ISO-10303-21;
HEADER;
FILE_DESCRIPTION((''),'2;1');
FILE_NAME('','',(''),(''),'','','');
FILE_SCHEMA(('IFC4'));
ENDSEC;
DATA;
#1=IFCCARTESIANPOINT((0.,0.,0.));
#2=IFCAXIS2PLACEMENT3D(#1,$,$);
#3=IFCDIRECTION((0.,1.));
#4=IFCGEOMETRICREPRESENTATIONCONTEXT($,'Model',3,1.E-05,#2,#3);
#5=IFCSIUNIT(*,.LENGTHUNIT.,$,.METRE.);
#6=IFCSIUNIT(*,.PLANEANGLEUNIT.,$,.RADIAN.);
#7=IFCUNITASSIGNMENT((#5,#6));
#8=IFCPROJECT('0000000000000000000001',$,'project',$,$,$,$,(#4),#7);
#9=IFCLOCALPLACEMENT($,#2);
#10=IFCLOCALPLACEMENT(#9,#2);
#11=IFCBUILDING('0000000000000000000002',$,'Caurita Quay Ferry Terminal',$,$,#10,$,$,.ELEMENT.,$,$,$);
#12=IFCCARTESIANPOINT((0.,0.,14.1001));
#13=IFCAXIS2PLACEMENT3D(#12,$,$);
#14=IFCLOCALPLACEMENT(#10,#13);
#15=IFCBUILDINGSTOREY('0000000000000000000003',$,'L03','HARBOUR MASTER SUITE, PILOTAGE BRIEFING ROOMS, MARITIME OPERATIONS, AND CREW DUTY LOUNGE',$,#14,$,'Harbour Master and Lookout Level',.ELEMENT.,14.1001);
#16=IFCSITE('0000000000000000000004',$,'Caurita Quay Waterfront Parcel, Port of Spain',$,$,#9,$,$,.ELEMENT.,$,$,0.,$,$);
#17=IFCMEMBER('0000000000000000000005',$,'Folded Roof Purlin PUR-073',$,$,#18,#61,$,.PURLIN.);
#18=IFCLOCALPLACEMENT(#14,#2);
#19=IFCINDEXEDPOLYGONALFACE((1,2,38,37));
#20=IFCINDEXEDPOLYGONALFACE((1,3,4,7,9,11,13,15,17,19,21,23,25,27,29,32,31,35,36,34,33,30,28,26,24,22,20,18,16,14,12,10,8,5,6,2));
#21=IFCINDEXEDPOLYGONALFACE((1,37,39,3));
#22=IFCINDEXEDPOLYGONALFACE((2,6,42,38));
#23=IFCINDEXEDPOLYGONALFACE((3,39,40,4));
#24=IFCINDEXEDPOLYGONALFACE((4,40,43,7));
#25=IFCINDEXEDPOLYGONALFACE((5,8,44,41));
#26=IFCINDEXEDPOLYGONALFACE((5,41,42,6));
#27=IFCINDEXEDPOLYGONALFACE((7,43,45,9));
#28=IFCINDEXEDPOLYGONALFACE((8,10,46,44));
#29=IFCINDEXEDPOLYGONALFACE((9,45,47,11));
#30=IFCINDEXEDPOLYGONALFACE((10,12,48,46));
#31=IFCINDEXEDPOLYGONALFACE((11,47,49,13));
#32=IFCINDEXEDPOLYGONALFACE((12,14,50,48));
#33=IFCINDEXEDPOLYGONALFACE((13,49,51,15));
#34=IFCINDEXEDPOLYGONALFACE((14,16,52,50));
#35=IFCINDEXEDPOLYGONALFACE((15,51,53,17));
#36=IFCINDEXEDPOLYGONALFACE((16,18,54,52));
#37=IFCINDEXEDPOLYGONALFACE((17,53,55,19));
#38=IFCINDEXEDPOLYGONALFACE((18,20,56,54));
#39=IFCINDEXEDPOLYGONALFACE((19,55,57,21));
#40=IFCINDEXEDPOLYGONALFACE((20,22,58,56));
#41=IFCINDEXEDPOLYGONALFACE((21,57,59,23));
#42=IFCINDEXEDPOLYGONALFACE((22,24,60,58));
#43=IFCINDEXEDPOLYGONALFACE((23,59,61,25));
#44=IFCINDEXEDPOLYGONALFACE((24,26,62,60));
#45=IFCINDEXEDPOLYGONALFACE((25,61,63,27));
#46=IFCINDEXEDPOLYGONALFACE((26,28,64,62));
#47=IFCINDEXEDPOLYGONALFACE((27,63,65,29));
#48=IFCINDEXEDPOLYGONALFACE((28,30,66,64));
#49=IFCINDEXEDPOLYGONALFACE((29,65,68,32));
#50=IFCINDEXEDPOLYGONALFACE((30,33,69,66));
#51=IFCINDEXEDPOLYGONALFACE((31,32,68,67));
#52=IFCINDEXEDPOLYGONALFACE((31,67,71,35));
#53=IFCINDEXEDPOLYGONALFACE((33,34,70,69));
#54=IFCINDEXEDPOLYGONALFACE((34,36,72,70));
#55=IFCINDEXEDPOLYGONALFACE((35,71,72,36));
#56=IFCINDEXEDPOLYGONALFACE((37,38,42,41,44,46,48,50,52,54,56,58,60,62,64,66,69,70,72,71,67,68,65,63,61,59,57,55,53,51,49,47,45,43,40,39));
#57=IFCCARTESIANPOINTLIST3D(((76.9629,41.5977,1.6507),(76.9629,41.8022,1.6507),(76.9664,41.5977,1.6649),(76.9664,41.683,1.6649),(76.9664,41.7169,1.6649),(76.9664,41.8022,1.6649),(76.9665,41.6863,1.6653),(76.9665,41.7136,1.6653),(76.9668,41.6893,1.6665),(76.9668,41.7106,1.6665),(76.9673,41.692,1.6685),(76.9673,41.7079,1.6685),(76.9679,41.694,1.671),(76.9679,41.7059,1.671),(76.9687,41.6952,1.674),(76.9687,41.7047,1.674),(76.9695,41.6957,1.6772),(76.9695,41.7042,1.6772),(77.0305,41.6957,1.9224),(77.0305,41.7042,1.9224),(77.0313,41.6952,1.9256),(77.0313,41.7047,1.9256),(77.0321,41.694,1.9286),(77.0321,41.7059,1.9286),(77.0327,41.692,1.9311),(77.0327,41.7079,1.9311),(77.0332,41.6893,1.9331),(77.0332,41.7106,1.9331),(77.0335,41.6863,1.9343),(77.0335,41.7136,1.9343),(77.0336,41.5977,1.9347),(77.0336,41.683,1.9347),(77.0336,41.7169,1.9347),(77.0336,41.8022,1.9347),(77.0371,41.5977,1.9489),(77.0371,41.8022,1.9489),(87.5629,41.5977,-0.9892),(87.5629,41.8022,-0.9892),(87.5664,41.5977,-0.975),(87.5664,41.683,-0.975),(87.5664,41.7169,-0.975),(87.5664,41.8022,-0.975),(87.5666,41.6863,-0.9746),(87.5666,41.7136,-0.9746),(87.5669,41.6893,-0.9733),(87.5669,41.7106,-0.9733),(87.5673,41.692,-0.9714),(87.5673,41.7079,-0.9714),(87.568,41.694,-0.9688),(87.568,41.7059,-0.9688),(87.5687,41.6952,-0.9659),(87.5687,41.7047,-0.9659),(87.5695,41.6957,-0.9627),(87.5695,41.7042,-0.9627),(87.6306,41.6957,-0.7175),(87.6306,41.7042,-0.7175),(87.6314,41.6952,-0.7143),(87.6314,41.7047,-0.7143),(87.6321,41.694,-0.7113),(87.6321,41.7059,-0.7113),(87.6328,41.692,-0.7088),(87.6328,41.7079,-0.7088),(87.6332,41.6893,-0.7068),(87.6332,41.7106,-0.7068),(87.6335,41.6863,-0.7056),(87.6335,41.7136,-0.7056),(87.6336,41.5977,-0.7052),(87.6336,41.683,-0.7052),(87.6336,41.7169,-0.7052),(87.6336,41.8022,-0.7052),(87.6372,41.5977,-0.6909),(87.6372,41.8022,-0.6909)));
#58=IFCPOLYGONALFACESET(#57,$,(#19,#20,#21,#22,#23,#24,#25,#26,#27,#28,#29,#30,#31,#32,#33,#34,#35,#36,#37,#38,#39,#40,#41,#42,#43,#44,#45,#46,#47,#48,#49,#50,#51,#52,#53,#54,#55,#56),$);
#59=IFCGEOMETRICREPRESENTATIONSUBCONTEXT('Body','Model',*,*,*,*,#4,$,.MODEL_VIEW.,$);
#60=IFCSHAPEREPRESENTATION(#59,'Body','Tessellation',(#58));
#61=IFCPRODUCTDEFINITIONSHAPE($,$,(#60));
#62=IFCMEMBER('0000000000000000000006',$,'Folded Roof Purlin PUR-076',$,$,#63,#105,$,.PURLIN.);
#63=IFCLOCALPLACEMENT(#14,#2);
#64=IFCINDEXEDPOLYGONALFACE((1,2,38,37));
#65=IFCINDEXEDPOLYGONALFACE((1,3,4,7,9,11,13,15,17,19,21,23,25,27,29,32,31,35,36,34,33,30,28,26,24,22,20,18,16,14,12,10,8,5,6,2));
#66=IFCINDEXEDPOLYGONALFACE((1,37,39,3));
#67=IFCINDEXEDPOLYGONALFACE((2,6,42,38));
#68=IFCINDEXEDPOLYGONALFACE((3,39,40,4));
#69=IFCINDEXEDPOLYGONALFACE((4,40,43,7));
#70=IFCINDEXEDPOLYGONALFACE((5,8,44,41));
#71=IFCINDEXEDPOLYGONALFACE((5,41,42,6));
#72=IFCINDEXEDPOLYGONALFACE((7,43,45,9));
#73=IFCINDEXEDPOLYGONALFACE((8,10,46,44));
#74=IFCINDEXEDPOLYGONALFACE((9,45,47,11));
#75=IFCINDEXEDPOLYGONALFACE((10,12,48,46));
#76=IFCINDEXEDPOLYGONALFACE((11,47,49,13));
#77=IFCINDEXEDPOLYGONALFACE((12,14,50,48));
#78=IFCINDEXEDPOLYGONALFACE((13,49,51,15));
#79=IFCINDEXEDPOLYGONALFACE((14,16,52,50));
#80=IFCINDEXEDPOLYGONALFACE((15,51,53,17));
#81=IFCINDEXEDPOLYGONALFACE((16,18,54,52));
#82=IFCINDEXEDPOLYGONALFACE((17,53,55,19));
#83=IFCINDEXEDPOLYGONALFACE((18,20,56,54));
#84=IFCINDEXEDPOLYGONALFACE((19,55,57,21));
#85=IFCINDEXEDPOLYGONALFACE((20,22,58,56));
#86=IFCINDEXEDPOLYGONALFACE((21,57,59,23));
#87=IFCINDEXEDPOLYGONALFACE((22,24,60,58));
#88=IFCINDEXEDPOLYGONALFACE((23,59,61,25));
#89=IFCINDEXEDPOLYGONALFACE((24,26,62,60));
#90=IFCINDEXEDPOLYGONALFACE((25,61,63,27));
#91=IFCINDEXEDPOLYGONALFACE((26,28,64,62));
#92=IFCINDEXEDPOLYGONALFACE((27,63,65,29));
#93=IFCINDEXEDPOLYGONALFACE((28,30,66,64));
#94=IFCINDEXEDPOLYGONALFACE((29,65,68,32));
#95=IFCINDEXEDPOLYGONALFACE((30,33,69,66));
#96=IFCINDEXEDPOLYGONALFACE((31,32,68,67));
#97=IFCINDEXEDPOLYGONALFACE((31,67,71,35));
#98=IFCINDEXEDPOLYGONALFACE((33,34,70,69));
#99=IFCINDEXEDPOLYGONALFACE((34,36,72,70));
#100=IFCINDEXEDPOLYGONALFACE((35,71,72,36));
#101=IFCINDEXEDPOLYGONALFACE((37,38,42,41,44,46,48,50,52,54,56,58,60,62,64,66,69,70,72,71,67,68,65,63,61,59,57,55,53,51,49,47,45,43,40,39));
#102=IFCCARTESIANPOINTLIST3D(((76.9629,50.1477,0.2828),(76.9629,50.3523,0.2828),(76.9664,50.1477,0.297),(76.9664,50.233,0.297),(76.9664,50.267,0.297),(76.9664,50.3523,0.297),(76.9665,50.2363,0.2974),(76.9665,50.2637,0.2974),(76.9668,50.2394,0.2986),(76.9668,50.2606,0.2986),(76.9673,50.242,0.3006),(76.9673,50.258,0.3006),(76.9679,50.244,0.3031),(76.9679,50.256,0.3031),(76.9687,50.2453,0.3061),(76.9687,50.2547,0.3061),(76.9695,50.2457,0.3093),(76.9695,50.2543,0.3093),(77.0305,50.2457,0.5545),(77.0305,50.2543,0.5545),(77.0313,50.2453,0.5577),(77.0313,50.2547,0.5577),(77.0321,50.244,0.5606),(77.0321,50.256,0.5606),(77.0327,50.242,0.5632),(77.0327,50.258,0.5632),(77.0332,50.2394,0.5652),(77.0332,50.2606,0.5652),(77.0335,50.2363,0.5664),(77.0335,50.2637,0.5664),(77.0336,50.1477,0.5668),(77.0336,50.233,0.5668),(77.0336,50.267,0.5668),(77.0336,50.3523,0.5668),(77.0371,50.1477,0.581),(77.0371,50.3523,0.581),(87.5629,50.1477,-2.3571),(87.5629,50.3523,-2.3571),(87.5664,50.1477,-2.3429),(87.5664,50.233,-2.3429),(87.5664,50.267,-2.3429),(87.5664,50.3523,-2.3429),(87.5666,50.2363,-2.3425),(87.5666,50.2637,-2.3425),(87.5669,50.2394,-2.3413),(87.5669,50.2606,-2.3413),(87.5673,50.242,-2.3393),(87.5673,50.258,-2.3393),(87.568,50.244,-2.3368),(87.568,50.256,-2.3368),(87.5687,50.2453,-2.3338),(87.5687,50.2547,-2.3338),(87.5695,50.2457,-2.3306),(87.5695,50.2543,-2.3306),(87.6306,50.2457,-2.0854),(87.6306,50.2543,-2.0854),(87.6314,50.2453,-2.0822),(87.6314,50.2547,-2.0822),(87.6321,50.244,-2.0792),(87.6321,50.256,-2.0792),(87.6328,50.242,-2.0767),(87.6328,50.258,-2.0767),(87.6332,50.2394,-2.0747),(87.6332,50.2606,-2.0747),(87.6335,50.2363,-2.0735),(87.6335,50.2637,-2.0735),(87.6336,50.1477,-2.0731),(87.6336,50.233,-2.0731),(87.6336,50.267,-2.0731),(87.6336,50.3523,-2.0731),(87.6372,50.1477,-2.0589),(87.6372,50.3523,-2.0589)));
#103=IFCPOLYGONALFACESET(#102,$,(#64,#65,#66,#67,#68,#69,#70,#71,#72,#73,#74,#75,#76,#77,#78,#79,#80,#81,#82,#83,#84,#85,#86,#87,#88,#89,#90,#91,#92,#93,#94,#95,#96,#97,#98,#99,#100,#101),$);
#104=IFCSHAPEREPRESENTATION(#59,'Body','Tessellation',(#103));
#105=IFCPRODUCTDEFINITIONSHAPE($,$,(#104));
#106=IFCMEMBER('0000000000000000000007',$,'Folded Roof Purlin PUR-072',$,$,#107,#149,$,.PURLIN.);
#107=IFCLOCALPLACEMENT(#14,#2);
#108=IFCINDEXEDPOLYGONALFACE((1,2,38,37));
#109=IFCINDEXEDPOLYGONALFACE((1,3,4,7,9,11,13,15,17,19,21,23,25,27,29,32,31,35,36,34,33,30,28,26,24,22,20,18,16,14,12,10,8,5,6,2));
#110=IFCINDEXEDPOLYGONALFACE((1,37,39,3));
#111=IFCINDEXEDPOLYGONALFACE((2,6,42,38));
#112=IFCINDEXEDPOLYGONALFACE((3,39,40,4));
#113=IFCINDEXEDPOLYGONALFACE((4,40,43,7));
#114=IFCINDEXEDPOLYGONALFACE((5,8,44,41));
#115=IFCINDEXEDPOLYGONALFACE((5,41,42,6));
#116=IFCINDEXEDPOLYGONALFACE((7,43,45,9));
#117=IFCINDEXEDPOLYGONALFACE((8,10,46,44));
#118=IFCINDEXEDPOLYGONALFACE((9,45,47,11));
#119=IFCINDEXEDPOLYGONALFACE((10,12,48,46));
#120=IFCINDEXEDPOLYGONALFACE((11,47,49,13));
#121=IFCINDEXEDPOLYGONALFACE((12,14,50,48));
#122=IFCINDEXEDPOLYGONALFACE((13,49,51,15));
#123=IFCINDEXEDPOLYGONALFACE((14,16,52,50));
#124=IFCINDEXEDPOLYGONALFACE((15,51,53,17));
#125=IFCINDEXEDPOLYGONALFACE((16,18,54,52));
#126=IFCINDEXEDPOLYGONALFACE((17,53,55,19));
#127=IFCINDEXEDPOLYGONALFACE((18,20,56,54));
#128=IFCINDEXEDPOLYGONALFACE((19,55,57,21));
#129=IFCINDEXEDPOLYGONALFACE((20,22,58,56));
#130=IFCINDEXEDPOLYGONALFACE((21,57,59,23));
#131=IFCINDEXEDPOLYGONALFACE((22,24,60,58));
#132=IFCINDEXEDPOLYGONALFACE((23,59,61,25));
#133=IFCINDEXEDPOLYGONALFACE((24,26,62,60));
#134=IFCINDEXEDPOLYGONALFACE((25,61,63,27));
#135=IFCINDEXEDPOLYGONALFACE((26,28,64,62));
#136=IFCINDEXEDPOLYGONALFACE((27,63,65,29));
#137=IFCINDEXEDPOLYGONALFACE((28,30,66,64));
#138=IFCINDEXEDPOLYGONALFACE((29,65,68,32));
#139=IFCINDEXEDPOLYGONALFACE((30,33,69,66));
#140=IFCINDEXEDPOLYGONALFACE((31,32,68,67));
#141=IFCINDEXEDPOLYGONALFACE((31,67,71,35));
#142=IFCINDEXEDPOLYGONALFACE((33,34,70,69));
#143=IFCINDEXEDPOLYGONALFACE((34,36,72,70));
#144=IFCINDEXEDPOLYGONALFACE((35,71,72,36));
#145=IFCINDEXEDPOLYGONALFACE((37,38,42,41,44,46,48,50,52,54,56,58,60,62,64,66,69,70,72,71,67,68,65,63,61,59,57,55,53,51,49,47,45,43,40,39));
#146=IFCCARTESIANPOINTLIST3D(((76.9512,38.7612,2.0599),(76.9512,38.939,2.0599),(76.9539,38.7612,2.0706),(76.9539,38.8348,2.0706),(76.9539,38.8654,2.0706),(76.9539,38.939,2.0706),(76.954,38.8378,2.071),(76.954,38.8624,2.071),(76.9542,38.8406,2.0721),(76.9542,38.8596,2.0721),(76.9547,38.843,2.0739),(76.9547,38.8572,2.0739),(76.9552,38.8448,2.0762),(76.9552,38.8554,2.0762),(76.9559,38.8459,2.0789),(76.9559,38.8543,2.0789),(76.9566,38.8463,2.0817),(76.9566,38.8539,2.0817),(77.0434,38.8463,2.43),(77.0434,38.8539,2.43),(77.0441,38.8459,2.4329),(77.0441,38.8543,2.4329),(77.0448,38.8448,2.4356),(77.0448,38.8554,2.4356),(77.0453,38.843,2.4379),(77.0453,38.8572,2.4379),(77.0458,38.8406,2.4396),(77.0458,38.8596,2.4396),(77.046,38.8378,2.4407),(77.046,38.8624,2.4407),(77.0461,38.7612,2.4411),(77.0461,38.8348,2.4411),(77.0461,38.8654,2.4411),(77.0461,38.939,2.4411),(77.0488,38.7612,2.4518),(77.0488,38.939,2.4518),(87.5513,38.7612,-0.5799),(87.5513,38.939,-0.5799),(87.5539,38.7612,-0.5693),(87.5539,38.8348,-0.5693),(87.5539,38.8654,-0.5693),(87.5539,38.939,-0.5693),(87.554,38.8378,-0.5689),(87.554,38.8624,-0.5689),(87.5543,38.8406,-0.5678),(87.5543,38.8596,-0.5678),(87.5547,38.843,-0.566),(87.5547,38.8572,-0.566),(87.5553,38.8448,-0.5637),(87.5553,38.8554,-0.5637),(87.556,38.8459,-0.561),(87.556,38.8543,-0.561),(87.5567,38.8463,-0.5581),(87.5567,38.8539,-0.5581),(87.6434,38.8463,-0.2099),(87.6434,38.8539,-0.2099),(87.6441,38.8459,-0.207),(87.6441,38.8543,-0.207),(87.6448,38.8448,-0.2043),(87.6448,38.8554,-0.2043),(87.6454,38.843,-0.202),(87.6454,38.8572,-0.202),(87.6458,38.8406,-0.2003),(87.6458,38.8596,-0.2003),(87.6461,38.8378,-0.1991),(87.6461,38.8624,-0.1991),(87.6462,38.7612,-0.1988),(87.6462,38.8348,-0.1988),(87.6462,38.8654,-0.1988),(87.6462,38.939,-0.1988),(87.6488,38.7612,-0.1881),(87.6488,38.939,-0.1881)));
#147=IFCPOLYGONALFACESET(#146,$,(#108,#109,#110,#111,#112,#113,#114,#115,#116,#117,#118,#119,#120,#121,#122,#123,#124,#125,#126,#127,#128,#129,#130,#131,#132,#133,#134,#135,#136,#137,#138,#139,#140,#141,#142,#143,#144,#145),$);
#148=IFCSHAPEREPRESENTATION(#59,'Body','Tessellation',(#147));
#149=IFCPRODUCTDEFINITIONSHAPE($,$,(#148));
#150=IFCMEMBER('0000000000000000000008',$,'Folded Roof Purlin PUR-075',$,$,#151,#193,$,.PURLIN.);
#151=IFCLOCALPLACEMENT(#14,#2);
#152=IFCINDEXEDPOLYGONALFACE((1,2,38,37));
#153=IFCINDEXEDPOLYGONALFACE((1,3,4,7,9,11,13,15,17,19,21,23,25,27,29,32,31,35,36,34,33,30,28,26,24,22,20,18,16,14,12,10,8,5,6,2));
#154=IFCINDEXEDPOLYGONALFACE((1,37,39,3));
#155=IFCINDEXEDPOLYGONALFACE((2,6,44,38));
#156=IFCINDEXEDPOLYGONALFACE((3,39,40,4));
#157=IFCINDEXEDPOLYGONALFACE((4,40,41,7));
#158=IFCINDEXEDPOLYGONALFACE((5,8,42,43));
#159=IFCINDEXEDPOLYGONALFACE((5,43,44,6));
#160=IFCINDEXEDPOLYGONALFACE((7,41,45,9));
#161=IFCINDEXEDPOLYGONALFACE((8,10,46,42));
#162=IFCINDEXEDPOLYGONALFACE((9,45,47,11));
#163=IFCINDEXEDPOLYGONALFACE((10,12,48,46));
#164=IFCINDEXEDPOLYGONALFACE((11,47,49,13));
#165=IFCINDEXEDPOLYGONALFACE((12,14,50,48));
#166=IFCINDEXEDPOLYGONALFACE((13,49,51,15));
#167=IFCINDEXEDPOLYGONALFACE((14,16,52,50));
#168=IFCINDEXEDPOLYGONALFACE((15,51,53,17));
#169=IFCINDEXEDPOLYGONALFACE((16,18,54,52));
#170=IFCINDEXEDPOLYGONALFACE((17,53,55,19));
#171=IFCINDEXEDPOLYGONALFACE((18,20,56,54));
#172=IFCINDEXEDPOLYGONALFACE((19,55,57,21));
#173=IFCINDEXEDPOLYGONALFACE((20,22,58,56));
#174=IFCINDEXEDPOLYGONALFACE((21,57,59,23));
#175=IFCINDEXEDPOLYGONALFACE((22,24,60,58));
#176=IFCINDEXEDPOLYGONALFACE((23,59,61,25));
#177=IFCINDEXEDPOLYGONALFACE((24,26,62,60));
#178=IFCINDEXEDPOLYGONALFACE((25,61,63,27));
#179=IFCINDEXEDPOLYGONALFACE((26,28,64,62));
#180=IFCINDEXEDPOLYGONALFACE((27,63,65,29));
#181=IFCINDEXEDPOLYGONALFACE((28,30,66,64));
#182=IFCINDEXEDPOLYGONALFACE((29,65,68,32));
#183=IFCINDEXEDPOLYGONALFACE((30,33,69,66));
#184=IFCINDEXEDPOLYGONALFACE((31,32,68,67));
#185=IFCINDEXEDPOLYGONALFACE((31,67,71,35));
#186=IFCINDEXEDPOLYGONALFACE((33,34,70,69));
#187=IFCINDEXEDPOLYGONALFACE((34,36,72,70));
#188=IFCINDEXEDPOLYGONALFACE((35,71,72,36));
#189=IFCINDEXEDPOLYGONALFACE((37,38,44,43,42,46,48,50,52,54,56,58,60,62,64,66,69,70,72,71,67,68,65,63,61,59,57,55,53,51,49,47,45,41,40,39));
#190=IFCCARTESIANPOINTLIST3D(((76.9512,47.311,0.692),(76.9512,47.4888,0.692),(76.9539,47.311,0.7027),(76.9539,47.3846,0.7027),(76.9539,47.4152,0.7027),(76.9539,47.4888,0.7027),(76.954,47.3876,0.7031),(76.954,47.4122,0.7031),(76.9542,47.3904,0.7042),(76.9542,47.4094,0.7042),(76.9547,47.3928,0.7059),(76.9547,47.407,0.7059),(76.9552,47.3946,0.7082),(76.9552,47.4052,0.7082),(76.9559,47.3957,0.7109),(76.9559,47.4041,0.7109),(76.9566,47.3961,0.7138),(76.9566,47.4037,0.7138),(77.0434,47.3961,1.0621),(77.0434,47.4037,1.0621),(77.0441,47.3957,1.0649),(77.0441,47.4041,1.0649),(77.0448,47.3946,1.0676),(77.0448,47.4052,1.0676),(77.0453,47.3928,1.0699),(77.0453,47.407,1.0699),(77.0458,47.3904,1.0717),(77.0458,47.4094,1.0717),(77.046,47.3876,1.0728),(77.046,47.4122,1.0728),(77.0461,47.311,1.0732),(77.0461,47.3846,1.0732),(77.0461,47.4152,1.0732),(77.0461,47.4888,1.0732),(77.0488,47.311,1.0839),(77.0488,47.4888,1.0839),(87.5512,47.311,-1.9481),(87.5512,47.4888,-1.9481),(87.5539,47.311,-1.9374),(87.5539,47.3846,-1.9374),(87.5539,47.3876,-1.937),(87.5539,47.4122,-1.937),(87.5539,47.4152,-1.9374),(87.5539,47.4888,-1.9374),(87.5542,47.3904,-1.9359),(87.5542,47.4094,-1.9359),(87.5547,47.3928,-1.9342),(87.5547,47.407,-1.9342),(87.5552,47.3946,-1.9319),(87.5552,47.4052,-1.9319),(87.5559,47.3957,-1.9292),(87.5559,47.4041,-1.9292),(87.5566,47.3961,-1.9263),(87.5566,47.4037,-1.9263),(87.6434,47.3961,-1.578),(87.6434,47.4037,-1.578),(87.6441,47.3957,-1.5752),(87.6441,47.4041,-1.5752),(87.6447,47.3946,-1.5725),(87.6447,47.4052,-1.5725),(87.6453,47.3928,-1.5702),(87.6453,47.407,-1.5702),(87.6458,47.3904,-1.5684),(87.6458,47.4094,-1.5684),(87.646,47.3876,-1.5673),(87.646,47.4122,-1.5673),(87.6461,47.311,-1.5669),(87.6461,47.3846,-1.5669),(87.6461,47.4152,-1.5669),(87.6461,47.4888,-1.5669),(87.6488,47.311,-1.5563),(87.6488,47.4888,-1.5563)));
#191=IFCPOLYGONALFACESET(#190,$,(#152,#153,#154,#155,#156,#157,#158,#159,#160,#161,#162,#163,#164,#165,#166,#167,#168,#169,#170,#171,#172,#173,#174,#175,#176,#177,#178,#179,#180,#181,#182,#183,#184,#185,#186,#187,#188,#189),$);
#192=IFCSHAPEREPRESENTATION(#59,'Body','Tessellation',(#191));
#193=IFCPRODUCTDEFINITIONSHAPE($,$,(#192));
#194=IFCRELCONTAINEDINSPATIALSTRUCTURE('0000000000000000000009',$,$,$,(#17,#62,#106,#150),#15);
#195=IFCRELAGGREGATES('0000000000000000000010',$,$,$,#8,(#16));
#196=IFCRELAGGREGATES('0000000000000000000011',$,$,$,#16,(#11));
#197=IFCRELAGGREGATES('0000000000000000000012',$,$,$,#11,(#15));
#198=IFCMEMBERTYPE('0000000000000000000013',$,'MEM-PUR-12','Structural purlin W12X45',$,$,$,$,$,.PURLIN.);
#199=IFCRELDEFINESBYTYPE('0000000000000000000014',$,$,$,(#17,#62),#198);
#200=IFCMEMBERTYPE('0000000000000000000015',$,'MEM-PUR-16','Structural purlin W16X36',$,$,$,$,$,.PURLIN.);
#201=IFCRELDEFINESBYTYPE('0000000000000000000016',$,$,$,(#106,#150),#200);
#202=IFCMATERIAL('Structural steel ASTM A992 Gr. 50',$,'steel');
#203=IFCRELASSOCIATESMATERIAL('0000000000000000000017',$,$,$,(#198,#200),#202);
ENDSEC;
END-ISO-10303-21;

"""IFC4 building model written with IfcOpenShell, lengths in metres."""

from ifc_helpers import new_model, si_unit, direction, frame, origin, origin_2d, place, context, subcontext, project, spatial, i_section, extrude, material, material_profile, profile_set, type_object, element, save


model = new_model("IFC4")

# Units and contexts
model_context = context("Model", 3, precision=1e-05, world=origin(), true_north=direction((0.0, 1.0)))
body_context = subcontext(model_context, "Body", "Model", "MODEL_VIEW")
ifc_project = project(units=[si_unit("LENGTHUNIT", "METRE"), si_unit("PLANEANGLEUNIT", "RADIAN")], contexts=[model_context])

# Site, building, storey
site_placement = place(None, origin())
site = spatial("IfcSite", under=ifc_project, at=site_placement, Name="Caurita Quay Waterfront Parcel, Port of Spain", CompositionType="ELEMENT", RefElevation=0.0)
building_placement = place(site_placement, origin())
building = spatial("IfcBuilding", under=site, at=building_placement, Name="Caurita Quay Ferry Terminal", CompositionType="ELEMENT")
storey_placement = place(building_placement, frame((0.0, 0.0, 14.1001)))
storey = spatial("IfcBuildingStorey", under=building, at=storey_placement, Name="L03", Description="HARBOUR MASTER SUITE, PILOTAGE BRIEFING ROOMS, MARITIME OPERATIONS, AND CREW DUTY LOUNGE", LongName="Harbour Master and Lookout Level", CompositionType="ELEMENT", Elevation=14.1001)

# Shared definitions
ifc_material_1 = material(Name="Structural steel ASTM A992 Gr. 50", Category="steel")

# Members
ifc_material_profile_1 = material_profile(ifc_material_1, i_section(OverallWidth=0.2046, OverallDepth=0.3074, WebThickness=0.0085, FlangeThickness=0.0146, FilletRadius=0.0127, at=origin_2d()), Name="W12X45")
ifc_profile_set_1 = profile_set([ifc_material_profile_1], Name="Structural steel ASTM A992 Gr. 50")
member_type_1 = type_object("IfcMemberType", Name="MEM-PUR-12", Description="Structural purlin W12X45", PredefinedType="PURLIN", material=ifc_profile_set_1)
for number, where, z_axis, x_axis, name in (
    (1, (77.0, 41.7, 1.7998), (0.97036, 0.0, -0.241663), (0.0, 1.0, 0.0), "Folded Roof Purlin PUR-073"),
    (2, (77.0, 50.25, 0.4319), (0.97036, 0.0, -0.241663), (0.0, 1.0, 0.0), "Folded Roof Purlin PUR-076"),
):
    element("IfcMember", number, at=place(storey_placement, frame(where, z_axis=z_axis, x_axis=x_axis)), inside=storey, type_object=member_type_1, Name=name, PredefinedType="PURLIN", context=body_context, shape_type="SweptSolid", body=[
        extrude(i_section(OverallWidth=0.2046, OverallDepth=0.3074, WebThickness=0.0085, FlangeThickness=0.0146, FilletRadius=0.0127, at=origin_2d()), origin(), (0.0, 0.0, 1.0), 10.9238),
    ])
ifc_material_profile_2 = material_profile(ifc_material_1, i_section(OverallWidth=0.1777, OverallDepth=0.4038, WebThickness=0.0076, FlangeThickness=0.011, FilletRadius=0.0115, at=origin_2d()), Name="W16X36")
ifc_profile_set_2 = profile_set([ifc_material_profile_2], Name="Structural steel ASTM A992 Gr. 50")
member_type_2 = type_object("IfcMemberType", Name="MEM-PUR-16", Description="Structural purlin W16X36", PredefinedType="PURLIN", material=ifc_profile_set_2)
for number, where, z_axis, x_axis, name in (
    (3, (77.0, 38.8501, 2.2559), (0.97036, 0.0, -0.241663), (0.0, 1.0, 0.0), "Folded Roof Purlin PUR-072"),
    (4, (77.0, 47.3999, 0.8879), (0.970355, 0.0, -0.241684), (0.0, 1.0, 0.0), "Folded Roof Purlin PUR-075"),
):
    element("IfcMember", number, at=place(storey_placement, frame(where, z_axis=z_axis, x_axis=x_axis)), inside=storey, type_object=member_type_2, Name=name, PredefinedType="PURLIN", context=body_context, shape_type="SweptSolid", body=[
        extrude(i_section(OverallWidth=0.1777, OverallDepth=0.4038, WebThickness=0.0076, FlangeThickness=0.011, FilletRadius=0.0115, at=origin_2d()), origin(), (0.0, 0.0, 1.0), 10.9238),
    ])

save(model, "model.ifc")
